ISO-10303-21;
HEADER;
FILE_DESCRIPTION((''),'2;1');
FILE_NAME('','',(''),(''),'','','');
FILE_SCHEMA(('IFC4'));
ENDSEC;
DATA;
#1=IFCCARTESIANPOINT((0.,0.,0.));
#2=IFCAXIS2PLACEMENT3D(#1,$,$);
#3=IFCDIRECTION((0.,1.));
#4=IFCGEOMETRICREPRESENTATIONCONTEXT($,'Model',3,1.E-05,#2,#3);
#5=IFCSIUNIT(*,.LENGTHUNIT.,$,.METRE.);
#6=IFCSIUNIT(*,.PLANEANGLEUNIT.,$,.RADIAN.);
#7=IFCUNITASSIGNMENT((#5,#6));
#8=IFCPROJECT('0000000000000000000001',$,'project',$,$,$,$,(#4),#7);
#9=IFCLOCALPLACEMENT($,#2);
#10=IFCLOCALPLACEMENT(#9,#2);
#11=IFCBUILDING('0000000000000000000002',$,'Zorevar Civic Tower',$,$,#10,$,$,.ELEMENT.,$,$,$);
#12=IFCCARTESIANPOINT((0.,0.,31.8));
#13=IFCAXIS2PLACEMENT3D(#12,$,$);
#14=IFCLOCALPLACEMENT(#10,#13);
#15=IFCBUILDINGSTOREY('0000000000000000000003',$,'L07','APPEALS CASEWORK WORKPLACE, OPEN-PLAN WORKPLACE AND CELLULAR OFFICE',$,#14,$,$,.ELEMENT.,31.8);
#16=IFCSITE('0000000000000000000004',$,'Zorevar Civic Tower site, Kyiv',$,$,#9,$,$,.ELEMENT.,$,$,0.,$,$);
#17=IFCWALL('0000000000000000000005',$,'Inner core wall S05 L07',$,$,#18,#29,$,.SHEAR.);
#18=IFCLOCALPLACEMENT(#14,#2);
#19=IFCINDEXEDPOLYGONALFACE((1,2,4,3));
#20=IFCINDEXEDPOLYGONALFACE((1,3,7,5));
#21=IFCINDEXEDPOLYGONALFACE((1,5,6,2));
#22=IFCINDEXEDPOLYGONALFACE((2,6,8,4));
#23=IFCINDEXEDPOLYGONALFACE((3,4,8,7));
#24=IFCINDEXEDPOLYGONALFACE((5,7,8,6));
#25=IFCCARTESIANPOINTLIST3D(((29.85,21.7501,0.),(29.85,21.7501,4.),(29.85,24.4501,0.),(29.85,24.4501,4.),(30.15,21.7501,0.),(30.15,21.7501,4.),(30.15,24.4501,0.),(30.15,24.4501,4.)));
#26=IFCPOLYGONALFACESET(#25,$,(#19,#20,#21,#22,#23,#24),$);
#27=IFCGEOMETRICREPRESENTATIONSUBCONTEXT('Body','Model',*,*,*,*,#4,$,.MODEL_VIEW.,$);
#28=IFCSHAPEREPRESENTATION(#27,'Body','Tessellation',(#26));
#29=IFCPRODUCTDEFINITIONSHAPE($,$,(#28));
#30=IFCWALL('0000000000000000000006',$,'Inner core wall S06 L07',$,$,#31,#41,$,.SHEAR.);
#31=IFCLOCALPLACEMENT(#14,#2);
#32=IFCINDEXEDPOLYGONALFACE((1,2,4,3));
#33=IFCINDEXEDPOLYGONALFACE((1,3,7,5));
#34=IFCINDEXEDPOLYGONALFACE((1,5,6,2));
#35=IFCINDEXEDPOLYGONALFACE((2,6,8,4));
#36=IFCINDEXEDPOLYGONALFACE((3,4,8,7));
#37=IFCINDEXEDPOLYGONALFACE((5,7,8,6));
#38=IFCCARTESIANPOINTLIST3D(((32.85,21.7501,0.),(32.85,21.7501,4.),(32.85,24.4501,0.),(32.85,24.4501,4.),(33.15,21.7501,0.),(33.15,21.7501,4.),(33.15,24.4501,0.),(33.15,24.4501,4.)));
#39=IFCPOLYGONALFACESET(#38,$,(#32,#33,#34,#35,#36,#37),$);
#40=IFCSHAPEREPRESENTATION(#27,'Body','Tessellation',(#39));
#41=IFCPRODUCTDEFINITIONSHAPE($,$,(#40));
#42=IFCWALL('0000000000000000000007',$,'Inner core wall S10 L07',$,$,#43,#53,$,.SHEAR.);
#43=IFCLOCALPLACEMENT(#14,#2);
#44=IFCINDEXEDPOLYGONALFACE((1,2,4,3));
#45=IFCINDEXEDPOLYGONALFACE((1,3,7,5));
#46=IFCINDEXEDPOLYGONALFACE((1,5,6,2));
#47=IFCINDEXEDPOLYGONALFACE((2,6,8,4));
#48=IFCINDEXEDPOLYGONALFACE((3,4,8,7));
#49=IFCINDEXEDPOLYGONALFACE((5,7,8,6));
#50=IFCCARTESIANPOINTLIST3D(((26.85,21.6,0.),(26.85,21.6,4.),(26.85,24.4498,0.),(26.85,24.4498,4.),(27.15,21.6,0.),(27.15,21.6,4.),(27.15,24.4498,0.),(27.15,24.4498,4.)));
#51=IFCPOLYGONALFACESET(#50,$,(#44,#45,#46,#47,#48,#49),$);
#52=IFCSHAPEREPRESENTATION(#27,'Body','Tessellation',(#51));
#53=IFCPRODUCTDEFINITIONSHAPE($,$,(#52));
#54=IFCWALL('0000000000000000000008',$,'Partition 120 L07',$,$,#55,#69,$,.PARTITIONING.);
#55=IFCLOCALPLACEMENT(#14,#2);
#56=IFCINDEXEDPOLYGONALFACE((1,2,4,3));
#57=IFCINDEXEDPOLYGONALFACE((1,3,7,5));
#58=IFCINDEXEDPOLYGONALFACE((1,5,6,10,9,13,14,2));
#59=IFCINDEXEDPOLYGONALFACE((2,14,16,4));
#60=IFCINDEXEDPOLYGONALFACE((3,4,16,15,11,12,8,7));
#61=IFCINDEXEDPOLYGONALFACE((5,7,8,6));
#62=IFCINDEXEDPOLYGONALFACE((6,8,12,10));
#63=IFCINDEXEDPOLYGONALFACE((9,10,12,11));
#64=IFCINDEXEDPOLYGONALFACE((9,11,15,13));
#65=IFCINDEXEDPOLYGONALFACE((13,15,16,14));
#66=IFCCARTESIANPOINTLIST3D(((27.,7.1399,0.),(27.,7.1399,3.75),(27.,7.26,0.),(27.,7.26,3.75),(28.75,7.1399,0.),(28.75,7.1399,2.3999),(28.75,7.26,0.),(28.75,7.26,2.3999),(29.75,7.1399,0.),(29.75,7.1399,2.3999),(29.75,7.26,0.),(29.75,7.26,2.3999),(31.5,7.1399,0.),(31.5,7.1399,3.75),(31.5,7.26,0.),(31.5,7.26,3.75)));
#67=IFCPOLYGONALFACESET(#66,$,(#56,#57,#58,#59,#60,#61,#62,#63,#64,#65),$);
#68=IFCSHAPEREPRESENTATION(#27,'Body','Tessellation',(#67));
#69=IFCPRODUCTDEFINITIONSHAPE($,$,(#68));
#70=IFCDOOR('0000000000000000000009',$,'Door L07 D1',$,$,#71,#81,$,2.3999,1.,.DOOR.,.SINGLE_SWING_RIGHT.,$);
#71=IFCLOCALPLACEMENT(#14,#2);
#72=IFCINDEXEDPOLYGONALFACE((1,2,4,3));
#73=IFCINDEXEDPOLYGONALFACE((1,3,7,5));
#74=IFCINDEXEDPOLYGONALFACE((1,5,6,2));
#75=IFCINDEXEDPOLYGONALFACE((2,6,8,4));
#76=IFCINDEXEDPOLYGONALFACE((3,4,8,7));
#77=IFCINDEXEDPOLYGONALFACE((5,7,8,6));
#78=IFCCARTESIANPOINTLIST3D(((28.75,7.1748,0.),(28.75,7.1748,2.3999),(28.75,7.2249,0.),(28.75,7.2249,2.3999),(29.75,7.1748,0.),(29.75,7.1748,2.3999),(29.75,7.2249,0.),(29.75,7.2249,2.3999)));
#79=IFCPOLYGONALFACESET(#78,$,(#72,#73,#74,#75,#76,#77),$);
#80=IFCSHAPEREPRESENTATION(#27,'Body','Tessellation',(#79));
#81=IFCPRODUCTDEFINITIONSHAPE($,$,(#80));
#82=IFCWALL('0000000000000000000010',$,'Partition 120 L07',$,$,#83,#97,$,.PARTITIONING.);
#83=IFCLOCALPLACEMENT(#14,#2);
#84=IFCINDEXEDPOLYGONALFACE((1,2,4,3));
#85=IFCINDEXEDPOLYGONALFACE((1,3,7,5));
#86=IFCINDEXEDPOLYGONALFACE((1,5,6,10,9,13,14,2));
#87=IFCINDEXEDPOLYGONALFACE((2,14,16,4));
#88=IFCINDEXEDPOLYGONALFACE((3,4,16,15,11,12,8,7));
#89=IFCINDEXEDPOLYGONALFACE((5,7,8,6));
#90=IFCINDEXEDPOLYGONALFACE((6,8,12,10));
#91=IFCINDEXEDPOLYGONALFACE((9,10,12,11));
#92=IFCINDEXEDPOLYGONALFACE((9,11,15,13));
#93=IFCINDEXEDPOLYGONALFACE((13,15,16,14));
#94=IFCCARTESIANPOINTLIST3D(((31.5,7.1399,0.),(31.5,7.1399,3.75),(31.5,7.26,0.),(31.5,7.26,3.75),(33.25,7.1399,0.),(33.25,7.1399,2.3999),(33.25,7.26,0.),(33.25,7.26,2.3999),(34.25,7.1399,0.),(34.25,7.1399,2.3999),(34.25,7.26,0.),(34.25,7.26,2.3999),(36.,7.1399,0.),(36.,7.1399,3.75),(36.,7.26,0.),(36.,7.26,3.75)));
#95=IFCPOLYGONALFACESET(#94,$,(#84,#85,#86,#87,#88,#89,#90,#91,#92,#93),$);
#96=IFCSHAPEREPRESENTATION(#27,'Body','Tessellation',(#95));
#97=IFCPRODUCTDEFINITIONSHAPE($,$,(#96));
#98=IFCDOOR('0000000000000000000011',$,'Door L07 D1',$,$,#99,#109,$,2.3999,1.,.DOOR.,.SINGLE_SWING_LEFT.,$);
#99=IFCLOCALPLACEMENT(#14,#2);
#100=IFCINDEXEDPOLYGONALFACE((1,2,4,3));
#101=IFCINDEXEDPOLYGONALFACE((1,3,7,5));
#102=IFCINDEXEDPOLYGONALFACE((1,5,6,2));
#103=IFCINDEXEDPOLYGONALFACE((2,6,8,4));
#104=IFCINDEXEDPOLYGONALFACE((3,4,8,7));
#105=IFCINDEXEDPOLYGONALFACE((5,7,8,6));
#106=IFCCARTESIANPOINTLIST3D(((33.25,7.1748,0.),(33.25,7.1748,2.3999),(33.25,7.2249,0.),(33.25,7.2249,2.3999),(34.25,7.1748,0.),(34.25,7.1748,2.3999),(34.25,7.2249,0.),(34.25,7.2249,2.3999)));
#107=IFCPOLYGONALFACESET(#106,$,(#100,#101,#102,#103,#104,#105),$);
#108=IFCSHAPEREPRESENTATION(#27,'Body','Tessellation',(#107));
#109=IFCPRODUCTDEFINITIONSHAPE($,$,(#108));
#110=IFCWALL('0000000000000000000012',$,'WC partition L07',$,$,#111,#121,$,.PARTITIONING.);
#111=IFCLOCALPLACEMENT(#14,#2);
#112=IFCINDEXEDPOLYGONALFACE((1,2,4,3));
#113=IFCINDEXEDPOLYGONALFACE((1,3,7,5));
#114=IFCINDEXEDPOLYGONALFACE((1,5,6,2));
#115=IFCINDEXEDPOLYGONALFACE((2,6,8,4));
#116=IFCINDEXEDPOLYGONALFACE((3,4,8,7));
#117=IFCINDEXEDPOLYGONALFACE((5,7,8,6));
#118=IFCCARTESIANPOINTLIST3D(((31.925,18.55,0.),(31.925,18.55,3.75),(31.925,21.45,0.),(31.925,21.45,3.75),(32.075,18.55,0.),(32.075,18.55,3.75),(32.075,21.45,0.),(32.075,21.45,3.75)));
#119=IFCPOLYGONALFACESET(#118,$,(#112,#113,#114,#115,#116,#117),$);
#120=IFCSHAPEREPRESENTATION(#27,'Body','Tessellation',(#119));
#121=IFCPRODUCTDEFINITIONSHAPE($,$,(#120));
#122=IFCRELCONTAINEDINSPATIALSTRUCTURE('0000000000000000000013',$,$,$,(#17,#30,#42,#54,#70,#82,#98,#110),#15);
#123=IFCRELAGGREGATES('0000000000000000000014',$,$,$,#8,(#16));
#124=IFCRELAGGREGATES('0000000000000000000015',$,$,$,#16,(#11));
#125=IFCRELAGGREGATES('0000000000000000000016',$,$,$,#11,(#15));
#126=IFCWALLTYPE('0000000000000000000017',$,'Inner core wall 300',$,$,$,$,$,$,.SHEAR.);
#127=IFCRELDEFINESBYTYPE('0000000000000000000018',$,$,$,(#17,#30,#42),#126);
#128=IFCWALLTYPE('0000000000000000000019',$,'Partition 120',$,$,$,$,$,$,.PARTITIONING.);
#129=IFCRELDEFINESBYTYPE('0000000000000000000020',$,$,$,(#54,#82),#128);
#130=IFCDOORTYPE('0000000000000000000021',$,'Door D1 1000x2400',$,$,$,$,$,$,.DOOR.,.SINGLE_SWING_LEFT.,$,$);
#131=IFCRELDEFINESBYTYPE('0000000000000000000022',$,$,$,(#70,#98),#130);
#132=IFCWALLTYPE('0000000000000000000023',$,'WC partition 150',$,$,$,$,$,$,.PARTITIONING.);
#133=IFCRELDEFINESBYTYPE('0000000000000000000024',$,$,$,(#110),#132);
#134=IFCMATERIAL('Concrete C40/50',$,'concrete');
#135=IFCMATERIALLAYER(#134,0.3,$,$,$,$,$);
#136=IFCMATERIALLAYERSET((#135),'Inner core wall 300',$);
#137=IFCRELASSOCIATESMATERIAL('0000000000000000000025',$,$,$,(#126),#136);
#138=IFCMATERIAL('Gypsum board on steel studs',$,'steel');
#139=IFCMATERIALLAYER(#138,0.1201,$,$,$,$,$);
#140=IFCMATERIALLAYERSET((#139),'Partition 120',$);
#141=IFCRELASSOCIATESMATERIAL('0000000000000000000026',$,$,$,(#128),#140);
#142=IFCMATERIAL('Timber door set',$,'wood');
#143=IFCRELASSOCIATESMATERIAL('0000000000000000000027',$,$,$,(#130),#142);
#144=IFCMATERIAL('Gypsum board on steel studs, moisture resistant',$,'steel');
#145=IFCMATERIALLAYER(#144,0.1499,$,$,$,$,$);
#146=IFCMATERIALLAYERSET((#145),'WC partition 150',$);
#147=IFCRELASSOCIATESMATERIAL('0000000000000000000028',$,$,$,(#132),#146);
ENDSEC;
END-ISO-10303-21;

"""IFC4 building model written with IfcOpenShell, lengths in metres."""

from ifc_helpers import new_model, si_unit, direction, frame, frame_2d, origin, place, context, subcontext, project, spatial, rectangle, extrude, material, layer, layer_set, type_object, element, fill, save


model = new_model("IFC4")

# Units and contexts
model_context = context("Model", 3, precision=1e-05, world=origin(), true_north=direction((0.0, 1.0)))
body_context = subcontext(model_context, "Body", "Model", "MODEL_VIEW")
ifc_project = project(units=[si_unit("LENGTHUNIT", "METRE"), si_unit("PLANEANGLEUNIT", "RADIAN")], contexts=[model_context])

# Site, building, storey
site_placement = place(None, origin())
site = spatial("IfcSite", under=ifc_project, at=site_placement, Name="Zorevar Civic Tower site, Kyiv", CompositionType="ELEMENT", RefElevation=0.0)
building_placement = place(site_placement, origin())
building = spatial("IfcBuilding", under=site, at=building_placement, Name="Zorevar Civic Tower", CompositionType="ELEMENT")
storey_placement = place(building_placement, frame((0.0, 0.0, 31.8)))
storey = spatial("IfcBuildingStorey", under=building, at=storey_placement, Name="L07", Description="APPEALS CASEWORK WORKPLACE, OPEN-PLAN WORKPLACE AND CELLULAR OFFICE", CompositionType="ELEMENT", Elevation=31.8)

# Walls
ifc_material_1 = material(Name="Concrete C40/50", Category="concrete")
ifc_layer_1 = layer(ifc_material_1, 0.3)
ifc_layer_set_1 = layer_set([ifc_layer_1], Name="Inner core wall 300")
wall_type_1 = type_object("IfcWallType", Name="Inner core wall 300", PredefinedType="SHEAR", material=ifc_layer_set_1)
for number, where, z_axis, x_axis, name in (
    (1, (30.0, 21.75, 0.0), (0.0, 0.0, 1.0), (0.0, 1.0, 0.0), "Inner core wall S05 L07"),
    (2, (33.0, 21.75, 0.0), (0.0, 0.0, 1.0), (0.0, 1.0, 0.0), "Inner core wall S06 L07"),
):
    element("IfcWall", number, at=place(storey_placement, frame(where, z_axis=z_axis, x_axis=x_axis)), inside=storey, type_object=wall_type_1, Name=name, PredefinedType="SHEAR", context=body_context, shape_type="SweptSolid", body=[
        extrude(rectangle(XDim=2.7, YDim=0.3, at=frame_2d((1.3501, 0.0))), origin(), (0.0, 0.0, 1.0), 4.0),
    ])
wall_1_placement = place(storey_placement, frame((27.0, 21.6001, 0.0), z_axis=(0.0, 0.0, 1.0), x_axis=(0.0, 1.0, 0.0)))
element("IfcWall", 3, at=wall_1_placement, inside=storey, type_object=wall_type_1, Name="Inner core wall S10 L07", PredefinedType="SHEAR", context=body_context, shape_type="SweptSolid", body=[
    extrude(rectangle(XDim=2.8499, YDim=0.3, at=frame_2d((1.4248, 0.0))), origin(), (0.0, 0.0, 1.0), 4.0),
])

# Walls, openings, doors
ifc_material_2 = material(Name="Gypsum board on steel studs", Category="steel")
ifc_layer_2 = layer(ifc_material_2, 0.1201)
ifc_layer_set_2 = layer_set([ifc_layer_2], Name="Partition 120")
wall_type_2 = type_object("IfcWallType", Name="Partition 120", PredefinedType="PARTITIONING", material=ifc_layer_set_2)
wall_2_placement = place(storey_placement, frame((27.0, 7.2, 0.0), z_axis=(0.0, 0.0, 1.0), x_axis=(1.0, 0.0, 0.0)))
wall_2 = element("IfcWall", 4, at=wall_2_placement, inside=storey, type_object=wall_type_2, Name="Partition 120 L07", PredefinedType="PARTITIONING", context=body_context, shape_type="SweptSolid", body=[
    extrude(rectangle(XDim=4.5, YDim=0.1201, at=frame_2d((2.25, 0.0))), origin(), (0.0, 0.0, 1.0), 3.75),
])
opening_1_placement = place(wall_2_placement, frame((1.75, 0.0, 0.0)))
opening_1 = element("IfcOpeningElement", 5, at=opening_1_placement, cuts=wall_2, PredefinedType="OPENING", context=body_context, shape_type="SweptSolid", body=[
    extrude(rectangle(XDim=1.0, YDim=2.3999, at=frame_2d((0.5, 1.2))), frame((0.0, 0.0701, 0.0), z_axis=(0.0, -1.0, 0.0), x_axis=(1.0, 0.0, 0.0)), (0.0, 0.0, 1.0), 0.1401),
])
ifc_material_3 = material(Name="Timber door set", Category="wood")
door_type_1 = type_object("IfcDoorType", Name="Door D1 1000x2400", OperationType="SINGLE_SWING_LEFT", PredefinedType="DOOR", material=ifc_material_3)
door_1_placement = place(opening_1_placement, origin())
door_1 = element("IfcDoor", 6, at=door_1_placement, inside=storey, type_object=door_type_1, Name="Door L07 D1", OperationType="SINGLE_SWING_RIGHT", OverallHeight=2.3999, OverallWidth=1.0, PredefinedType="DOOR", context=body_context, shape_type="SweptSolid", body=[
    extrude(rectangle(XDim=1.0, YDim=2.3999, at=frame_2d((0.5, 1.2))), frame((0.0, 0.0249, 0.0), z_axis=(0.0, -1.0, 0.0), x_axis=(1.0, 0.0, 0.0)), (0.0, 0.0, 1.0), 0.05),
])
fill(opening_1, door_1)
wall_3_placement = place(storey_placement, frame((31.5, 7.2, 0.0), z_axis=(0.0, 0.0, 1.0), x_axis=(1.0, 0.0, 0.0)))
wall_3 = element("IfcWall", 7, at=wall_3_placement, inside=storey, type_object=wall_type_2, Name="Partition 120 L07", PredefinedType="PARTITIONING", context=body_context, shape_type="SweptSolid", body=[
    extrude(rectangle(XDim=4.5, YDim=0.1201, at=frame_2d((2.25, 0.0))), origin(), (0.0, 0.0, 1.0), 3.75),
])
opening_2_placement = place(wall_3_placement, frame((1.75, 0.0, 0.0)))
opening_2 = element("IfcOpeningElement", 8, at=opening_2_placement, cuts=wall_3, PredefinedType="OPENING", context=body_context, shape_type="SweptSolid", body=[
    extrude(rectangle(XDim=1.0, YDim=2.3999, at=frame_2d((0.5, 1.2))), frame((0.0, 0.0701, 0.0), z_axis=(0.0, -1.0, 0.0), x_axis=(1.0, 0.0, 0.0)), (0.0, 0.0, 1.0), 0.1401),
])
door_2_placement = place(opening_2_placement, origin())
door_2 = element("IfcDoor", 9, at=door_2_placement, inside=storey, type_object=door_type_1, Name="Door L07 D1", OperationType="SINGLE_SWING_LEFT", OverallHeight=2.3999, OverallWidth=1.0, PredefinedType="DOOR", context=body_context, shape_type="SweptSolid", body=[
    extrude(rectangle(XDim=1.0, YDim=2.3999, at=frame_2d((0.5, 1.2))), frame((0.0, 0.0249, 0.0), z_axis=(0.0, -1.0, 0.0), x_axis=(1.0, 0.0, 0.0)), (0.0, 0.0, 1.0), 0.05),
])
fill(opening_2, door_2)

# Wall
ifc_material_4 = material(Name="Gypsum board on steel studs, moisture resistant", Category="steel")
ifc_layer_3 = layer(ifc_material_4, 0.1499)
ifc_layer_set_3 = layer_set([ifc_layer_3], Name="WC partition 150")
wall_type_3 = type_object("IfcWallType", Name="WC partition 150", PredefinedType="PARTITIONING", material=ifc_layer_set_3)
wall_4_placement = place(storey_placement, frame((32.0, 18.55, 0.0), z_axis=(0.0, 0.0, 1.0), x_axis=(0.0, 1.0, 0.0)))
element("IfcWall", 10, at=wall_4_placement, inside=storey, type_object=wall_type_3, Name="WC partition L07", PredefinedType="PARTITIONING", context=body_context, shape_type="SweptSolid", body=[
    extrude(rectangle(XDim=2.8999, YDim=0.1499, at=frame_2d((1.45, 0.0))), origin(), (0.0, 0.0, 1.0), 3.75),
])

save(model, "model.ifc")
